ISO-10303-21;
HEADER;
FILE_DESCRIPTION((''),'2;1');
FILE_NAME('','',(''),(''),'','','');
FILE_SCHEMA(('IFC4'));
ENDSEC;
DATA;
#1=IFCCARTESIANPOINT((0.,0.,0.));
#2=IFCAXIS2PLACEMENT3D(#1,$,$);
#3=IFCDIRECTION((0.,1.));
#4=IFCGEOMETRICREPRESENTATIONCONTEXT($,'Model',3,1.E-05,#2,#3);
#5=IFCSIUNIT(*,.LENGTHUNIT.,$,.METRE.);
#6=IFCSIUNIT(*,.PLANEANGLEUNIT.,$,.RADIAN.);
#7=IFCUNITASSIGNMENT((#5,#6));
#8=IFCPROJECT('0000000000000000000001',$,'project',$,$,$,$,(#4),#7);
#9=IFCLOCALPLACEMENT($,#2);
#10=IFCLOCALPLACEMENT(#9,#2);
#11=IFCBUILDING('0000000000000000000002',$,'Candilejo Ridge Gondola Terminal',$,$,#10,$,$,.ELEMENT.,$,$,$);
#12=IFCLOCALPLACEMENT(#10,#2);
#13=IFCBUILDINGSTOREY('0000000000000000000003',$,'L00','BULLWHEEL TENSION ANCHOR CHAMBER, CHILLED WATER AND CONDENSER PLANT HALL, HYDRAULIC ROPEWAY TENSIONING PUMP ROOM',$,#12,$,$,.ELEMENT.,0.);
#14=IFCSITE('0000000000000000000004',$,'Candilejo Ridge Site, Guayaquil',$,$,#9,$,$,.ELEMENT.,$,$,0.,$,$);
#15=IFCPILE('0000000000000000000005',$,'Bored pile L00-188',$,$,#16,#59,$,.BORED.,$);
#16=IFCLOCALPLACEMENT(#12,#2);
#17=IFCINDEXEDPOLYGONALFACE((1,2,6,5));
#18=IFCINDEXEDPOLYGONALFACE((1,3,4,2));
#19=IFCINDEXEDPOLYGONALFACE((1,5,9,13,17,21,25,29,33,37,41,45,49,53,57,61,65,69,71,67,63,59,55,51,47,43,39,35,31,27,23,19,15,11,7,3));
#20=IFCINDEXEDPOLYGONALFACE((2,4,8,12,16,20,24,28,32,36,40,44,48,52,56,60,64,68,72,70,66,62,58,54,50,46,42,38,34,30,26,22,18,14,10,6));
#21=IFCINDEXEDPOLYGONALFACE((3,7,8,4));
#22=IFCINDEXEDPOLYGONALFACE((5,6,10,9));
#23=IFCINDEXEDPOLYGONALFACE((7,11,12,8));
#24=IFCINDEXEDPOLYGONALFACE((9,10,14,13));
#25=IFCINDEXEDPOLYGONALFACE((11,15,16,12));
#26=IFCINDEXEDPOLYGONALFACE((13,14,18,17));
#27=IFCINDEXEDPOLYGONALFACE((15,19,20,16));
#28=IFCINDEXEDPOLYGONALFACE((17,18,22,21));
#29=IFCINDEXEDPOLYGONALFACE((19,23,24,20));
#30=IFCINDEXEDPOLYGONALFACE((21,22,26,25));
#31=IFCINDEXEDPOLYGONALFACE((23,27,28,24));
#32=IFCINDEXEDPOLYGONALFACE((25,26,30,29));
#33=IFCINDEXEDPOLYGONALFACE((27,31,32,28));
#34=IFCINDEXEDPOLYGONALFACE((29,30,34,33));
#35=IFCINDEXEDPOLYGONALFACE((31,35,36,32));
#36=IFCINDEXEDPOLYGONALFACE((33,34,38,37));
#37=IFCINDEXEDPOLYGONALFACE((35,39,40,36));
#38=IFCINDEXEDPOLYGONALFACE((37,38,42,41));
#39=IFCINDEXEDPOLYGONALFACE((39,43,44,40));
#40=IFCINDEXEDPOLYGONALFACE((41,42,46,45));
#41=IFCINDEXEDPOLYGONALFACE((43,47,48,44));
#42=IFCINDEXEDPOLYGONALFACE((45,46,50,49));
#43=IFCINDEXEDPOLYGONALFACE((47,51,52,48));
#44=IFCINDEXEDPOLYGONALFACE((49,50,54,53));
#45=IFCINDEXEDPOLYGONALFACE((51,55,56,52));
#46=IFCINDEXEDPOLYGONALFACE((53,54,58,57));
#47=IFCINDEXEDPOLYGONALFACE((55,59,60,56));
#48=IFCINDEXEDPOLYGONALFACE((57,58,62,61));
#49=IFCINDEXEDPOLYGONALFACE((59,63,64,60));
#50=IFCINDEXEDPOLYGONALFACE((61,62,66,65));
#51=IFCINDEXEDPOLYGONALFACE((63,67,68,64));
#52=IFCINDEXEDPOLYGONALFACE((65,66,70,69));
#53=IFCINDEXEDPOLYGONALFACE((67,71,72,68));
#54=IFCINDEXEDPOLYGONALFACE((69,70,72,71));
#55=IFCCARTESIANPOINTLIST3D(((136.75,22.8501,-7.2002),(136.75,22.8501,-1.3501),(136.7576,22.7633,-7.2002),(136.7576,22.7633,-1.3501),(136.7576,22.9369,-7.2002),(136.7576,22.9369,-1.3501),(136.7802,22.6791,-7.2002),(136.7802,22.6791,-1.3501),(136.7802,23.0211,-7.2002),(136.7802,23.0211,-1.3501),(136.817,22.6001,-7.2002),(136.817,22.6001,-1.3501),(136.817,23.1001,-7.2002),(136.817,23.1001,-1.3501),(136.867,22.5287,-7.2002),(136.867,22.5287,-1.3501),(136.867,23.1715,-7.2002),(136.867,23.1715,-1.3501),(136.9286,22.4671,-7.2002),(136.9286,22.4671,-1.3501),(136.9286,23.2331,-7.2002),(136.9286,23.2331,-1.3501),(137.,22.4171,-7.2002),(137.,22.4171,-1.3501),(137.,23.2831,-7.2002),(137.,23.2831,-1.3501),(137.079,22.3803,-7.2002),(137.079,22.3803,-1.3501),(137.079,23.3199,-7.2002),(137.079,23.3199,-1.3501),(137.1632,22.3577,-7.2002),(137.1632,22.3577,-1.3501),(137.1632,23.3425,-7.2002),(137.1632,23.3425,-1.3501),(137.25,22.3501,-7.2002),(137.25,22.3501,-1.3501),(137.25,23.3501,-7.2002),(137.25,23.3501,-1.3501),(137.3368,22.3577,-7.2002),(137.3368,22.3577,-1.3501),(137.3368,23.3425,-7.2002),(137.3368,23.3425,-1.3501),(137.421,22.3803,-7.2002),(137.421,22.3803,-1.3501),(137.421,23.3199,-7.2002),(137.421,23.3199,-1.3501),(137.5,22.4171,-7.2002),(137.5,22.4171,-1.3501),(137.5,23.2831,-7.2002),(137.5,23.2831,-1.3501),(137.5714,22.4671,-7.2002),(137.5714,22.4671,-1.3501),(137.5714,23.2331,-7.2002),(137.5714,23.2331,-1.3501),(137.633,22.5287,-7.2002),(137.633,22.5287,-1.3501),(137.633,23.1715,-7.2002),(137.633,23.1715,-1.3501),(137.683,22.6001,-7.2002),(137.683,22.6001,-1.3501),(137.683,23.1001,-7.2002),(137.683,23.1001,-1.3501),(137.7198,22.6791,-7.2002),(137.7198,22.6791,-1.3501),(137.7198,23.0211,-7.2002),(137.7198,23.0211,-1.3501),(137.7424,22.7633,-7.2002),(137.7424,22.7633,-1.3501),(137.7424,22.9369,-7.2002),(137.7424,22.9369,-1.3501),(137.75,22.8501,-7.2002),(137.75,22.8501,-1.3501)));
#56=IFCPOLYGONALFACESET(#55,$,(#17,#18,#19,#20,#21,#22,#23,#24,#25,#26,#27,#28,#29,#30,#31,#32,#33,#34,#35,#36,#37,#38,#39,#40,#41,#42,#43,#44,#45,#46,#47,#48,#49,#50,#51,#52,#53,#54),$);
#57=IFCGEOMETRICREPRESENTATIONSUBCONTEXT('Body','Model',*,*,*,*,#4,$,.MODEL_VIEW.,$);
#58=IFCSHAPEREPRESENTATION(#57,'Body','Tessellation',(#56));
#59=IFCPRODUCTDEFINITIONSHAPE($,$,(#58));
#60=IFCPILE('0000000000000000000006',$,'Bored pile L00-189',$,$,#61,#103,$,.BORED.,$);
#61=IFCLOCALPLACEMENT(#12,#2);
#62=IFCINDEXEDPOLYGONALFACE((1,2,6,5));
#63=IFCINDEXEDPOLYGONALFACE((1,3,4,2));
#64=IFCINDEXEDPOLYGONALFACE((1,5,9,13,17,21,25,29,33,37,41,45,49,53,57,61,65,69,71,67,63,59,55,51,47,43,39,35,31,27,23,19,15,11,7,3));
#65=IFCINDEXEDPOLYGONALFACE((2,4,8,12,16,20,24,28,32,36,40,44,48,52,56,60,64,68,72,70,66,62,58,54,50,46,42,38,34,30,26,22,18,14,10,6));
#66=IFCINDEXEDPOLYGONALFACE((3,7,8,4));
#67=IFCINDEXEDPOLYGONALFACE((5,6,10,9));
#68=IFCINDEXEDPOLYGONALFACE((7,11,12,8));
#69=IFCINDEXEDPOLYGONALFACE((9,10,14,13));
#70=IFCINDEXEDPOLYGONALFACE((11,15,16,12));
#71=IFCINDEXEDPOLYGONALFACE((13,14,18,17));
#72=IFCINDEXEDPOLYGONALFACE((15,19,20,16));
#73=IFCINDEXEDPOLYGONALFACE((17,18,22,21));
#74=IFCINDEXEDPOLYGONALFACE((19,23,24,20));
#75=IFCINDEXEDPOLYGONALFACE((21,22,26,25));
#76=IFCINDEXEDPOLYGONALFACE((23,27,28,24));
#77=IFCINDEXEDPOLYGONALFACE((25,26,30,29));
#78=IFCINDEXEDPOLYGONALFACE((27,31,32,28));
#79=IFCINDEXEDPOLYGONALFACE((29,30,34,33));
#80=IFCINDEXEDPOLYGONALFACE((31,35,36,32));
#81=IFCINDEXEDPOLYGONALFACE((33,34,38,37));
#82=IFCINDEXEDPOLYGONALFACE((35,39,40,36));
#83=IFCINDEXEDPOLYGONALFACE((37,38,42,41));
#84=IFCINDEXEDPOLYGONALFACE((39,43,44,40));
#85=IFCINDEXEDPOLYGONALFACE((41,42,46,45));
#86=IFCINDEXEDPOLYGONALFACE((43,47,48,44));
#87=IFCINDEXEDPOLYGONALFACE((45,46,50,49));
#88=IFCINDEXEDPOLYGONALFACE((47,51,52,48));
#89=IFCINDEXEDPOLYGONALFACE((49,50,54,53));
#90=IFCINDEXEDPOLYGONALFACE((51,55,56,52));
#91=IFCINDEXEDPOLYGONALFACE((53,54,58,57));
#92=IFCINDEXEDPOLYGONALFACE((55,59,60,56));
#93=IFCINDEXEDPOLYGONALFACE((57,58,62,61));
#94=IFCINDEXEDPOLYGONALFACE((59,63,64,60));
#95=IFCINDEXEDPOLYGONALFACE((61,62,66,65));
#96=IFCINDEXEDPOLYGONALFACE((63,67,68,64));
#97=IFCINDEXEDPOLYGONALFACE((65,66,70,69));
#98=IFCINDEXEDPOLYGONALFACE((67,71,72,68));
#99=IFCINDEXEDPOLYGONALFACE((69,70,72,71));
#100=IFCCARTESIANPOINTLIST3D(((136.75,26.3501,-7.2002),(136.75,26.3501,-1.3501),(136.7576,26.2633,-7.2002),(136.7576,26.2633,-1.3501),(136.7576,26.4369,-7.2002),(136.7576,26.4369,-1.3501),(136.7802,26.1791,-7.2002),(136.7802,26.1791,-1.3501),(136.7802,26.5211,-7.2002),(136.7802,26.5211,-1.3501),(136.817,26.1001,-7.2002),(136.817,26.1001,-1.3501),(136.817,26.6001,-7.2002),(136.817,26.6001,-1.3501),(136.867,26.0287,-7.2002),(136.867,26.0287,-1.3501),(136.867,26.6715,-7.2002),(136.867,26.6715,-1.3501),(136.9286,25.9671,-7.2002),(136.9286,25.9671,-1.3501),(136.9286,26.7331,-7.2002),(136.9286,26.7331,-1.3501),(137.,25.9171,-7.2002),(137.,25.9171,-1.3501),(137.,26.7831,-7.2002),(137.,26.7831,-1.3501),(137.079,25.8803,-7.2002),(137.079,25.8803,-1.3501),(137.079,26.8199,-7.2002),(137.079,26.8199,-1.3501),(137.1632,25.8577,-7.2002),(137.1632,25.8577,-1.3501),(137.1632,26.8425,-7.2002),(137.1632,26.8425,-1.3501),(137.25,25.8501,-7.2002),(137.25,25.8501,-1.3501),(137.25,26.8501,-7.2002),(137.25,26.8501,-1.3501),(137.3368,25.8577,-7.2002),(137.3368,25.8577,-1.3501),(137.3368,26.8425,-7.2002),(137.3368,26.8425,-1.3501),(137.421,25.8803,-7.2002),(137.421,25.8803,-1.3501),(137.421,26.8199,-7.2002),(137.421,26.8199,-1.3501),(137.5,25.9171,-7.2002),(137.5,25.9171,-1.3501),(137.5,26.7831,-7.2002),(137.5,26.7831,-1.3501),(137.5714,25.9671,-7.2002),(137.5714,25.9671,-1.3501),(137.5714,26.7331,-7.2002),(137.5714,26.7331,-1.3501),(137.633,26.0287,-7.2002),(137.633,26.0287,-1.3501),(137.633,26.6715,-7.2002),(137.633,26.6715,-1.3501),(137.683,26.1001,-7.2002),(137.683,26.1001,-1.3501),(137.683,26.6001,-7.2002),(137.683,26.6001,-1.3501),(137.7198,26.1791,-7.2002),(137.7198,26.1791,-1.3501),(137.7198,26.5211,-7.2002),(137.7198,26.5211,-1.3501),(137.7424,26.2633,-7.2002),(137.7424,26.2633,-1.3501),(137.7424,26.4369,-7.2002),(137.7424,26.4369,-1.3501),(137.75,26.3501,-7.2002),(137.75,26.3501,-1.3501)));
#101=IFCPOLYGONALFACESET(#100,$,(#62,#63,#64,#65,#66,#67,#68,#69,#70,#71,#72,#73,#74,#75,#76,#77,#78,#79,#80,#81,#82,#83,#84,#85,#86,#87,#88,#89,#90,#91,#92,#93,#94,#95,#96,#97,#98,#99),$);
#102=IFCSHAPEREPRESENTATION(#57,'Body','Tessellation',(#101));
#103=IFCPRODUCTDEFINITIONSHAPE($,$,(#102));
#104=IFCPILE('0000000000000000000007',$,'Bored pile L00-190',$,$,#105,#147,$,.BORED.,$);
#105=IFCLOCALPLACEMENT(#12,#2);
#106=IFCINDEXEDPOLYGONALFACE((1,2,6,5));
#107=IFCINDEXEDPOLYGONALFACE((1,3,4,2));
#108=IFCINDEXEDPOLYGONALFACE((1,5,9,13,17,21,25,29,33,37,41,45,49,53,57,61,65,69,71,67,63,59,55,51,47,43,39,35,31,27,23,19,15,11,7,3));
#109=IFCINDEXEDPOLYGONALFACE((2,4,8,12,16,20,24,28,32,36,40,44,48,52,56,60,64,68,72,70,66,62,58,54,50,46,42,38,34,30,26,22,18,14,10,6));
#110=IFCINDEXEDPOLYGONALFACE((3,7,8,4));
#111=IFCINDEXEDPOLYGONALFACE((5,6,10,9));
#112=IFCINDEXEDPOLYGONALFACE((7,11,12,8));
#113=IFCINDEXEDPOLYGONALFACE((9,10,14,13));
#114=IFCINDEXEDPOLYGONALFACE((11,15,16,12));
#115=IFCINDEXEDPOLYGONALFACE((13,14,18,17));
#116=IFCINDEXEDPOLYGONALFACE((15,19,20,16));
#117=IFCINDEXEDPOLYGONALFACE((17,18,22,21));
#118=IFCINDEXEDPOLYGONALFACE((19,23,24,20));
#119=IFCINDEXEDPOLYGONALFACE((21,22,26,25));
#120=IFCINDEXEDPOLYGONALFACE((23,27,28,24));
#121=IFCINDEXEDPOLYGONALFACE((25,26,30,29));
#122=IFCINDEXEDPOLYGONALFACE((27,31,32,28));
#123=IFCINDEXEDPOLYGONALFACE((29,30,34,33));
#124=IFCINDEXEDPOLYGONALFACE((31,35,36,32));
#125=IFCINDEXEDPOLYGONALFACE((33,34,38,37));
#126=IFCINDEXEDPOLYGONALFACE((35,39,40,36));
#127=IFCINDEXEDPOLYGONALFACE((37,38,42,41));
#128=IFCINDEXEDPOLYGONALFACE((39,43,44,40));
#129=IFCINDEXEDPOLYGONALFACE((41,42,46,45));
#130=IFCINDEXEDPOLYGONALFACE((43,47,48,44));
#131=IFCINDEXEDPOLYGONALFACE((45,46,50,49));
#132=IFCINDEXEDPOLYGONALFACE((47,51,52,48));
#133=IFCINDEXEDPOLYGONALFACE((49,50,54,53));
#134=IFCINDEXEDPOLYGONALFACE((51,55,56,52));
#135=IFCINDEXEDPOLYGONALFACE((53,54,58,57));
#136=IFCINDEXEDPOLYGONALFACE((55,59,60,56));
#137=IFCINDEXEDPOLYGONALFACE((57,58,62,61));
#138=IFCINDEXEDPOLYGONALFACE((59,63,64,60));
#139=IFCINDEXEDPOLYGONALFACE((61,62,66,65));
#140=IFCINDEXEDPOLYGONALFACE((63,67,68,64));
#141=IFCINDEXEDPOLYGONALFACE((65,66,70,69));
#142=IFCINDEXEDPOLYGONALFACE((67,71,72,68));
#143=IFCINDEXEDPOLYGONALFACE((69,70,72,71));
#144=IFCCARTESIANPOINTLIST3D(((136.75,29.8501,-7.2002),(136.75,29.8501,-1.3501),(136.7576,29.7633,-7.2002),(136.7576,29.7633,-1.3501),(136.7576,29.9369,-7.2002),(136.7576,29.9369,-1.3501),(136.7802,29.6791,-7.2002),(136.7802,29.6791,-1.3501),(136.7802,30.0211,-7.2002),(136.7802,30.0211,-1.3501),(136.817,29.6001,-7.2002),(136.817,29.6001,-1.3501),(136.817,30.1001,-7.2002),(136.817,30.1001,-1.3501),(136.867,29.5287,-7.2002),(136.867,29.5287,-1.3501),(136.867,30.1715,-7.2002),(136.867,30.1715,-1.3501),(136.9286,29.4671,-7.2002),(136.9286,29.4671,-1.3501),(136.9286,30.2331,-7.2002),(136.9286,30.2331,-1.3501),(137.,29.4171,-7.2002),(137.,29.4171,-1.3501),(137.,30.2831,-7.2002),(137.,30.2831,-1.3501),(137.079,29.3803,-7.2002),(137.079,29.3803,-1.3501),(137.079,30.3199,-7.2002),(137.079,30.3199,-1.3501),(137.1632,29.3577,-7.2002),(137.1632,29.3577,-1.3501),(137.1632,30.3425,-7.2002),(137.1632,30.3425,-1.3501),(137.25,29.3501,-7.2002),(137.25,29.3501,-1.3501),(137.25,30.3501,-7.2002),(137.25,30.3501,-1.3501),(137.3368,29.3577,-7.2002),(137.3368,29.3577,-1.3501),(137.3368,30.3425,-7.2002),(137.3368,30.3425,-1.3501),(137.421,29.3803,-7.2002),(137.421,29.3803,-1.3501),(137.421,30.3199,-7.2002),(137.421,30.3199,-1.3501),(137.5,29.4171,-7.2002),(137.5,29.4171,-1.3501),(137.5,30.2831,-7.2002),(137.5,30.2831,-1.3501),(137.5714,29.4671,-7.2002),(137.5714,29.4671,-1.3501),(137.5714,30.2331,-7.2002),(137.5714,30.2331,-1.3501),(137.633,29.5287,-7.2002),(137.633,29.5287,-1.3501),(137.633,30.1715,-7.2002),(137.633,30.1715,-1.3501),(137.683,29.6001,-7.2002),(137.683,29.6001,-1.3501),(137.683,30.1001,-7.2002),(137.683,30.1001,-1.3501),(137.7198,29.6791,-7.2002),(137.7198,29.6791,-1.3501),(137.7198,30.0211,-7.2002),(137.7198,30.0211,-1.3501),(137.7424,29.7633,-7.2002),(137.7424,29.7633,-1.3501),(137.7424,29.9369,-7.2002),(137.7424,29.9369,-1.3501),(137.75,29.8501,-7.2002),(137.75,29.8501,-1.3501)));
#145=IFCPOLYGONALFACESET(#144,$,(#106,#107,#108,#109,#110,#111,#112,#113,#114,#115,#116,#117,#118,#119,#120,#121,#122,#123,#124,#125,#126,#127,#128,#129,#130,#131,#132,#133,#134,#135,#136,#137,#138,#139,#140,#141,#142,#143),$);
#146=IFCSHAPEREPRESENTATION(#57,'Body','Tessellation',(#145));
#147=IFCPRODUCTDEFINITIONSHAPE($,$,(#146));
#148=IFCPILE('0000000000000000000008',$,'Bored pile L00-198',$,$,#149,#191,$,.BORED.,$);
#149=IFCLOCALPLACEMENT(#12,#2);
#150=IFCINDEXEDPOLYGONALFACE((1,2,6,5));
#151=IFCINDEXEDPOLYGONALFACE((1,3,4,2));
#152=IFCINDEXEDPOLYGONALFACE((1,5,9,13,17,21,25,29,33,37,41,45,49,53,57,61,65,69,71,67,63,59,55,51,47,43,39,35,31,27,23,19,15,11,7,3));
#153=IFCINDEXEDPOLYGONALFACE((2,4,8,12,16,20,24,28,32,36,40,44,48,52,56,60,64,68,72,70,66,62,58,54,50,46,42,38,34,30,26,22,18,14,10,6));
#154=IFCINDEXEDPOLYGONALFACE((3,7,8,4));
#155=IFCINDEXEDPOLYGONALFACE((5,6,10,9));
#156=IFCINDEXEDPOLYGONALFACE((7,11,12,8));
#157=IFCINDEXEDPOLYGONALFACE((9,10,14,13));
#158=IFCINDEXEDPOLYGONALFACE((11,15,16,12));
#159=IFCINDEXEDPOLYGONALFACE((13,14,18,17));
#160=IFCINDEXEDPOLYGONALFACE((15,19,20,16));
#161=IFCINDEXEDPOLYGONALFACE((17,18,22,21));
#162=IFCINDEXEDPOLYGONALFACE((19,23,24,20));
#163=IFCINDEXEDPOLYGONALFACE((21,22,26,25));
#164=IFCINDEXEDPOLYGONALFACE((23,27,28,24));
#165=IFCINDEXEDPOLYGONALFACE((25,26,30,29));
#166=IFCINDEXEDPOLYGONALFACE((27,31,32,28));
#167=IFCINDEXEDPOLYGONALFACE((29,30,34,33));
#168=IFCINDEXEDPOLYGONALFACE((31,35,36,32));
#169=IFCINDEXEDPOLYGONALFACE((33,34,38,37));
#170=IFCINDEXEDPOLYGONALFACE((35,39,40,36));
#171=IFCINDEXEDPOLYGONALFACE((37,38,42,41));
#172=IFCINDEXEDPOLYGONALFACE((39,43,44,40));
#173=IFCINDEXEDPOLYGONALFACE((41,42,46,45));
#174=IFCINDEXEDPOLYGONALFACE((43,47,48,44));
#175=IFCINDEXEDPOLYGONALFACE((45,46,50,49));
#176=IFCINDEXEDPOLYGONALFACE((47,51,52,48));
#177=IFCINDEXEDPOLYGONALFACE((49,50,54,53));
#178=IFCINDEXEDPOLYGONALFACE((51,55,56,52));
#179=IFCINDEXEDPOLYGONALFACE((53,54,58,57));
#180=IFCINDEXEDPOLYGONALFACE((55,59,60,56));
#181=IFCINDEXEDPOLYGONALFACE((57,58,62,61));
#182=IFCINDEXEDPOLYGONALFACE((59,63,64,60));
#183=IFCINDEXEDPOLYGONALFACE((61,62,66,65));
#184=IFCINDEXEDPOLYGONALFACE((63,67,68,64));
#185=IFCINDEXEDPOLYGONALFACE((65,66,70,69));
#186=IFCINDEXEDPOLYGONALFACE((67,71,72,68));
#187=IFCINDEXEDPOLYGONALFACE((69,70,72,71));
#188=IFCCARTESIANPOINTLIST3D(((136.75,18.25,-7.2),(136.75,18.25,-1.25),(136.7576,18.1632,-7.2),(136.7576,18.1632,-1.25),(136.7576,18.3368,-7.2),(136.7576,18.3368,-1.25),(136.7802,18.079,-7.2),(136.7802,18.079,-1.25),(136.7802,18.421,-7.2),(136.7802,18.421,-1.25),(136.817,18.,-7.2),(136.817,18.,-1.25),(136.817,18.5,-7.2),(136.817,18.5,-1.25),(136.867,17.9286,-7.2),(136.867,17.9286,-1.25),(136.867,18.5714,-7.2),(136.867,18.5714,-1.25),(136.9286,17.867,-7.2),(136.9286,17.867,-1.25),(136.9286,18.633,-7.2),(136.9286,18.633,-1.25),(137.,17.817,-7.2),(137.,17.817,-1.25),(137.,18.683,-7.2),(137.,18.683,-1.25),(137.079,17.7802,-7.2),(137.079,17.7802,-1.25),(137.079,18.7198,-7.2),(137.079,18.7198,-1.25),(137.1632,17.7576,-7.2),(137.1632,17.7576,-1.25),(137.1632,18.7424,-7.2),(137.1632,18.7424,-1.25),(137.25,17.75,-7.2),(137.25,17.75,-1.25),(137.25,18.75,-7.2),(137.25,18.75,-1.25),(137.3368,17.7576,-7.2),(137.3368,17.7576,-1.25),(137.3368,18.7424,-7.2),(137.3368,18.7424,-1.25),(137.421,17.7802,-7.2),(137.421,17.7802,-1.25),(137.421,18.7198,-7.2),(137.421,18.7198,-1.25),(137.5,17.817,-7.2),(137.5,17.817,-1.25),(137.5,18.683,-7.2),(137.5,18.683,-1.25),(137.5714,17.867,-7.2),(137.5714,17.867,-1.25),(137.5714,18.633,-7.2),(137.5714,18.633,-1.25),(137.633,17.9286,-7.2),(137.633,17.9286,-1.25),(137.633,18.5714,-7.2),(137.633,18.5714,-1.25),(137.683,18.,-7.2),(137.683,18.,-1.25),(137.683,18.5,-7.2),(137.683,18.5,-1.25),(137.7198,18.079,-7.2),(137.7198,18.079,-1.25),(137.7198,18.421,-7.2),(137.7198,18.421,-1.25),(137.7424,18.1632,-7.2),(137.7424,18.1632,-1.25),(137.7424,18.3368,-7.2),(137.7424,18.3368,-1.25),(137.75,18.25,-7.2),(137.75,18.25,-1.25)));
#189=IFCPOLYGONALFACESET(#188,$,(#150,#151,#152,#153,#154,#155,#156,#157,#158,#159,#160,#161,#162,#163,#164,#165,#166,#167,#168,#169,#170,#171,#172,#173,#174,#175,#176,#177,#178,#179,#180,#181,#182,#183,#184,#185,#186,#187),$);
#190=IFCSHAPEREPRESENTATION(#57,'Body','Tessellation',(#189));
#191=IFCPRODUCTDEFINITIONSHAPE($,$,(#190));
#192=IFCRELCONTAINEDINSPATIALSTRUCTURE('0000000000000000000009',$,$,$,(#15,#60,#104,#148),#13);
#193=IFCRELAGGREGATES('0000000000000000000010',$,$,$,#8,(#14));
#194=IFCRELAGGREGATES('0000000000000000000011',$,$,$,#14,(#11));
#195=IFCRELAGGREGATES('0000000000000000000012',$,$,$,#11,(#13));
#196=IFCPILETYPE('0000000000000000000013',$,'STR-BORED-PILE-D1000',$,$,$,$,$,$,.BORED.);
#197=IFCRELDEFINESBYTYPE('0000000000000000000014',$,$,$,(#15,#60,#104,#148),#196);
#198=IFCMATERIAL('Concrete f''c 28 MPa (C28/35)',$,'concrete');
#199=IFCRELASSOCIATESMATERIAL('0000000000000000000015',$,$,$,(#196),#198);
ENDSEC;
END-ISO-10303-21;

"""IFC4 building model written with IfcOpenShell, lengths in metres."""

from ifc_helpers import new_model, si_unit, direction, frame, origin, origin_2d, place, context, subcontext, project, spatial, circle, extrude, material, material_profile, profile_set, type_object, element, save


model = new_model("IFC4")

# Units and contexts
model_context = context("Model", 3, precision=1e-05, world=origin(), true_north=direction((0.0, 1.0)))
body_context = subcontext(model_context, "Body", "Model", "MODEL_VIEW")
ifc_project = project(units=[si_unit("LENGTHUNIT", "METRE"), si_unit("PLANEANGLEUNIT", "RADIAN")], contexts=[model_context])

# Site, building, storey
site_placement = place(None, origin())
site = spatial("IfcSite", under=ifc_project, at=site_placement, Name="Candilejo Ridge Site, Guayaquil", CompositionType="ELEMENT", RefElevation=0.0)
building_placement = place(site_placement, origin())
building = spatial("IfcBuilding", under=site, at=building_placement, Name="Candilejo Ridge Gondola Terminal", CompositionType="ELEMENT")
storey_placement = place(building_placement, origin())
storey = spatial("IfcBuildingStorey", under=building, at=storey_placement, Name="L00", Description="BULLWHEEL TENSION ANCHOR CHAMBER, CHILLED WATER AND CONDENSER PLANT HALL, HYDRAULIC ROPEWAY TENSIONING PUMP ROOM", CompositionType="ELEMENT", Elevation=0.0)

# Piles
ifc_material_1 = material(Name="Concrete f'c 28 MPa (C28/35)", Category="concrete")
ifc_material_profile_1 = material_profile(ifc_material_1, circle(Radius=0.5, at=origin_2d()))
ifc_profile_set_1 = profile_set([ifc_material_profile_1], Name="Concrete f'c 28 MPa (C28/35)")
pile_type = type_object("IfcPileType", Name="STR-BORED-PILE-D1000", PredefinedType="BORED", material=ifc_profile_set_1)
for number, where, z_axis, x_axis, name in (
    (1, (137.25, 22.8501, -1.3501), (0.0, 0.0, -1.0), (1.0, 0.0, 0.0), "Bored pile L00-188"),
    (2, (137.25, 26.3501, -1.3501), (0.0, 0.0, -1.0), (1.0, 0.0, 0.0), "Bored pile L00-189"),
    (3, (137.25, 29.8501, -1.3501), (0.0, 0.0, -1.0), (1.0, 0.0, 0.0), "Bored pile L00-190"),
):
    element("IfcPile", number, at=place(storey_placement, frame(where, z_axis=z_axis, x_axis=x_axis)), inside=storey, type_object=pile_type, Name=name, PredefinedType="BORED", context=body_context, shape_type="SweptSolid", body=[
        extrude(circle(Radius=0.5, at=origin_2d()), origin(), (0.0, 0.0, 1.0), 5.8501),
    ])
pile_1_placement = place(storey_placement, frame((137.25, 18.25, -1.25), z_axis=(0.0, 0.0, -1.0), x_axis=(1.0, 0.0, 0.0)))
element("IfcPile", 4, at=pile_1_placement, inside=storey, type_object=pile_type, Name="Bored pile L00-198", PredefinedType="BORED", context=body_context, shape_type="SweptSolid", body=[
    extrude(circle(Radius=0.5, at=origin_2d()), origin(), (0.0, 0.0, 1.0), 5.95),
])

save(model, "model.ifc")
